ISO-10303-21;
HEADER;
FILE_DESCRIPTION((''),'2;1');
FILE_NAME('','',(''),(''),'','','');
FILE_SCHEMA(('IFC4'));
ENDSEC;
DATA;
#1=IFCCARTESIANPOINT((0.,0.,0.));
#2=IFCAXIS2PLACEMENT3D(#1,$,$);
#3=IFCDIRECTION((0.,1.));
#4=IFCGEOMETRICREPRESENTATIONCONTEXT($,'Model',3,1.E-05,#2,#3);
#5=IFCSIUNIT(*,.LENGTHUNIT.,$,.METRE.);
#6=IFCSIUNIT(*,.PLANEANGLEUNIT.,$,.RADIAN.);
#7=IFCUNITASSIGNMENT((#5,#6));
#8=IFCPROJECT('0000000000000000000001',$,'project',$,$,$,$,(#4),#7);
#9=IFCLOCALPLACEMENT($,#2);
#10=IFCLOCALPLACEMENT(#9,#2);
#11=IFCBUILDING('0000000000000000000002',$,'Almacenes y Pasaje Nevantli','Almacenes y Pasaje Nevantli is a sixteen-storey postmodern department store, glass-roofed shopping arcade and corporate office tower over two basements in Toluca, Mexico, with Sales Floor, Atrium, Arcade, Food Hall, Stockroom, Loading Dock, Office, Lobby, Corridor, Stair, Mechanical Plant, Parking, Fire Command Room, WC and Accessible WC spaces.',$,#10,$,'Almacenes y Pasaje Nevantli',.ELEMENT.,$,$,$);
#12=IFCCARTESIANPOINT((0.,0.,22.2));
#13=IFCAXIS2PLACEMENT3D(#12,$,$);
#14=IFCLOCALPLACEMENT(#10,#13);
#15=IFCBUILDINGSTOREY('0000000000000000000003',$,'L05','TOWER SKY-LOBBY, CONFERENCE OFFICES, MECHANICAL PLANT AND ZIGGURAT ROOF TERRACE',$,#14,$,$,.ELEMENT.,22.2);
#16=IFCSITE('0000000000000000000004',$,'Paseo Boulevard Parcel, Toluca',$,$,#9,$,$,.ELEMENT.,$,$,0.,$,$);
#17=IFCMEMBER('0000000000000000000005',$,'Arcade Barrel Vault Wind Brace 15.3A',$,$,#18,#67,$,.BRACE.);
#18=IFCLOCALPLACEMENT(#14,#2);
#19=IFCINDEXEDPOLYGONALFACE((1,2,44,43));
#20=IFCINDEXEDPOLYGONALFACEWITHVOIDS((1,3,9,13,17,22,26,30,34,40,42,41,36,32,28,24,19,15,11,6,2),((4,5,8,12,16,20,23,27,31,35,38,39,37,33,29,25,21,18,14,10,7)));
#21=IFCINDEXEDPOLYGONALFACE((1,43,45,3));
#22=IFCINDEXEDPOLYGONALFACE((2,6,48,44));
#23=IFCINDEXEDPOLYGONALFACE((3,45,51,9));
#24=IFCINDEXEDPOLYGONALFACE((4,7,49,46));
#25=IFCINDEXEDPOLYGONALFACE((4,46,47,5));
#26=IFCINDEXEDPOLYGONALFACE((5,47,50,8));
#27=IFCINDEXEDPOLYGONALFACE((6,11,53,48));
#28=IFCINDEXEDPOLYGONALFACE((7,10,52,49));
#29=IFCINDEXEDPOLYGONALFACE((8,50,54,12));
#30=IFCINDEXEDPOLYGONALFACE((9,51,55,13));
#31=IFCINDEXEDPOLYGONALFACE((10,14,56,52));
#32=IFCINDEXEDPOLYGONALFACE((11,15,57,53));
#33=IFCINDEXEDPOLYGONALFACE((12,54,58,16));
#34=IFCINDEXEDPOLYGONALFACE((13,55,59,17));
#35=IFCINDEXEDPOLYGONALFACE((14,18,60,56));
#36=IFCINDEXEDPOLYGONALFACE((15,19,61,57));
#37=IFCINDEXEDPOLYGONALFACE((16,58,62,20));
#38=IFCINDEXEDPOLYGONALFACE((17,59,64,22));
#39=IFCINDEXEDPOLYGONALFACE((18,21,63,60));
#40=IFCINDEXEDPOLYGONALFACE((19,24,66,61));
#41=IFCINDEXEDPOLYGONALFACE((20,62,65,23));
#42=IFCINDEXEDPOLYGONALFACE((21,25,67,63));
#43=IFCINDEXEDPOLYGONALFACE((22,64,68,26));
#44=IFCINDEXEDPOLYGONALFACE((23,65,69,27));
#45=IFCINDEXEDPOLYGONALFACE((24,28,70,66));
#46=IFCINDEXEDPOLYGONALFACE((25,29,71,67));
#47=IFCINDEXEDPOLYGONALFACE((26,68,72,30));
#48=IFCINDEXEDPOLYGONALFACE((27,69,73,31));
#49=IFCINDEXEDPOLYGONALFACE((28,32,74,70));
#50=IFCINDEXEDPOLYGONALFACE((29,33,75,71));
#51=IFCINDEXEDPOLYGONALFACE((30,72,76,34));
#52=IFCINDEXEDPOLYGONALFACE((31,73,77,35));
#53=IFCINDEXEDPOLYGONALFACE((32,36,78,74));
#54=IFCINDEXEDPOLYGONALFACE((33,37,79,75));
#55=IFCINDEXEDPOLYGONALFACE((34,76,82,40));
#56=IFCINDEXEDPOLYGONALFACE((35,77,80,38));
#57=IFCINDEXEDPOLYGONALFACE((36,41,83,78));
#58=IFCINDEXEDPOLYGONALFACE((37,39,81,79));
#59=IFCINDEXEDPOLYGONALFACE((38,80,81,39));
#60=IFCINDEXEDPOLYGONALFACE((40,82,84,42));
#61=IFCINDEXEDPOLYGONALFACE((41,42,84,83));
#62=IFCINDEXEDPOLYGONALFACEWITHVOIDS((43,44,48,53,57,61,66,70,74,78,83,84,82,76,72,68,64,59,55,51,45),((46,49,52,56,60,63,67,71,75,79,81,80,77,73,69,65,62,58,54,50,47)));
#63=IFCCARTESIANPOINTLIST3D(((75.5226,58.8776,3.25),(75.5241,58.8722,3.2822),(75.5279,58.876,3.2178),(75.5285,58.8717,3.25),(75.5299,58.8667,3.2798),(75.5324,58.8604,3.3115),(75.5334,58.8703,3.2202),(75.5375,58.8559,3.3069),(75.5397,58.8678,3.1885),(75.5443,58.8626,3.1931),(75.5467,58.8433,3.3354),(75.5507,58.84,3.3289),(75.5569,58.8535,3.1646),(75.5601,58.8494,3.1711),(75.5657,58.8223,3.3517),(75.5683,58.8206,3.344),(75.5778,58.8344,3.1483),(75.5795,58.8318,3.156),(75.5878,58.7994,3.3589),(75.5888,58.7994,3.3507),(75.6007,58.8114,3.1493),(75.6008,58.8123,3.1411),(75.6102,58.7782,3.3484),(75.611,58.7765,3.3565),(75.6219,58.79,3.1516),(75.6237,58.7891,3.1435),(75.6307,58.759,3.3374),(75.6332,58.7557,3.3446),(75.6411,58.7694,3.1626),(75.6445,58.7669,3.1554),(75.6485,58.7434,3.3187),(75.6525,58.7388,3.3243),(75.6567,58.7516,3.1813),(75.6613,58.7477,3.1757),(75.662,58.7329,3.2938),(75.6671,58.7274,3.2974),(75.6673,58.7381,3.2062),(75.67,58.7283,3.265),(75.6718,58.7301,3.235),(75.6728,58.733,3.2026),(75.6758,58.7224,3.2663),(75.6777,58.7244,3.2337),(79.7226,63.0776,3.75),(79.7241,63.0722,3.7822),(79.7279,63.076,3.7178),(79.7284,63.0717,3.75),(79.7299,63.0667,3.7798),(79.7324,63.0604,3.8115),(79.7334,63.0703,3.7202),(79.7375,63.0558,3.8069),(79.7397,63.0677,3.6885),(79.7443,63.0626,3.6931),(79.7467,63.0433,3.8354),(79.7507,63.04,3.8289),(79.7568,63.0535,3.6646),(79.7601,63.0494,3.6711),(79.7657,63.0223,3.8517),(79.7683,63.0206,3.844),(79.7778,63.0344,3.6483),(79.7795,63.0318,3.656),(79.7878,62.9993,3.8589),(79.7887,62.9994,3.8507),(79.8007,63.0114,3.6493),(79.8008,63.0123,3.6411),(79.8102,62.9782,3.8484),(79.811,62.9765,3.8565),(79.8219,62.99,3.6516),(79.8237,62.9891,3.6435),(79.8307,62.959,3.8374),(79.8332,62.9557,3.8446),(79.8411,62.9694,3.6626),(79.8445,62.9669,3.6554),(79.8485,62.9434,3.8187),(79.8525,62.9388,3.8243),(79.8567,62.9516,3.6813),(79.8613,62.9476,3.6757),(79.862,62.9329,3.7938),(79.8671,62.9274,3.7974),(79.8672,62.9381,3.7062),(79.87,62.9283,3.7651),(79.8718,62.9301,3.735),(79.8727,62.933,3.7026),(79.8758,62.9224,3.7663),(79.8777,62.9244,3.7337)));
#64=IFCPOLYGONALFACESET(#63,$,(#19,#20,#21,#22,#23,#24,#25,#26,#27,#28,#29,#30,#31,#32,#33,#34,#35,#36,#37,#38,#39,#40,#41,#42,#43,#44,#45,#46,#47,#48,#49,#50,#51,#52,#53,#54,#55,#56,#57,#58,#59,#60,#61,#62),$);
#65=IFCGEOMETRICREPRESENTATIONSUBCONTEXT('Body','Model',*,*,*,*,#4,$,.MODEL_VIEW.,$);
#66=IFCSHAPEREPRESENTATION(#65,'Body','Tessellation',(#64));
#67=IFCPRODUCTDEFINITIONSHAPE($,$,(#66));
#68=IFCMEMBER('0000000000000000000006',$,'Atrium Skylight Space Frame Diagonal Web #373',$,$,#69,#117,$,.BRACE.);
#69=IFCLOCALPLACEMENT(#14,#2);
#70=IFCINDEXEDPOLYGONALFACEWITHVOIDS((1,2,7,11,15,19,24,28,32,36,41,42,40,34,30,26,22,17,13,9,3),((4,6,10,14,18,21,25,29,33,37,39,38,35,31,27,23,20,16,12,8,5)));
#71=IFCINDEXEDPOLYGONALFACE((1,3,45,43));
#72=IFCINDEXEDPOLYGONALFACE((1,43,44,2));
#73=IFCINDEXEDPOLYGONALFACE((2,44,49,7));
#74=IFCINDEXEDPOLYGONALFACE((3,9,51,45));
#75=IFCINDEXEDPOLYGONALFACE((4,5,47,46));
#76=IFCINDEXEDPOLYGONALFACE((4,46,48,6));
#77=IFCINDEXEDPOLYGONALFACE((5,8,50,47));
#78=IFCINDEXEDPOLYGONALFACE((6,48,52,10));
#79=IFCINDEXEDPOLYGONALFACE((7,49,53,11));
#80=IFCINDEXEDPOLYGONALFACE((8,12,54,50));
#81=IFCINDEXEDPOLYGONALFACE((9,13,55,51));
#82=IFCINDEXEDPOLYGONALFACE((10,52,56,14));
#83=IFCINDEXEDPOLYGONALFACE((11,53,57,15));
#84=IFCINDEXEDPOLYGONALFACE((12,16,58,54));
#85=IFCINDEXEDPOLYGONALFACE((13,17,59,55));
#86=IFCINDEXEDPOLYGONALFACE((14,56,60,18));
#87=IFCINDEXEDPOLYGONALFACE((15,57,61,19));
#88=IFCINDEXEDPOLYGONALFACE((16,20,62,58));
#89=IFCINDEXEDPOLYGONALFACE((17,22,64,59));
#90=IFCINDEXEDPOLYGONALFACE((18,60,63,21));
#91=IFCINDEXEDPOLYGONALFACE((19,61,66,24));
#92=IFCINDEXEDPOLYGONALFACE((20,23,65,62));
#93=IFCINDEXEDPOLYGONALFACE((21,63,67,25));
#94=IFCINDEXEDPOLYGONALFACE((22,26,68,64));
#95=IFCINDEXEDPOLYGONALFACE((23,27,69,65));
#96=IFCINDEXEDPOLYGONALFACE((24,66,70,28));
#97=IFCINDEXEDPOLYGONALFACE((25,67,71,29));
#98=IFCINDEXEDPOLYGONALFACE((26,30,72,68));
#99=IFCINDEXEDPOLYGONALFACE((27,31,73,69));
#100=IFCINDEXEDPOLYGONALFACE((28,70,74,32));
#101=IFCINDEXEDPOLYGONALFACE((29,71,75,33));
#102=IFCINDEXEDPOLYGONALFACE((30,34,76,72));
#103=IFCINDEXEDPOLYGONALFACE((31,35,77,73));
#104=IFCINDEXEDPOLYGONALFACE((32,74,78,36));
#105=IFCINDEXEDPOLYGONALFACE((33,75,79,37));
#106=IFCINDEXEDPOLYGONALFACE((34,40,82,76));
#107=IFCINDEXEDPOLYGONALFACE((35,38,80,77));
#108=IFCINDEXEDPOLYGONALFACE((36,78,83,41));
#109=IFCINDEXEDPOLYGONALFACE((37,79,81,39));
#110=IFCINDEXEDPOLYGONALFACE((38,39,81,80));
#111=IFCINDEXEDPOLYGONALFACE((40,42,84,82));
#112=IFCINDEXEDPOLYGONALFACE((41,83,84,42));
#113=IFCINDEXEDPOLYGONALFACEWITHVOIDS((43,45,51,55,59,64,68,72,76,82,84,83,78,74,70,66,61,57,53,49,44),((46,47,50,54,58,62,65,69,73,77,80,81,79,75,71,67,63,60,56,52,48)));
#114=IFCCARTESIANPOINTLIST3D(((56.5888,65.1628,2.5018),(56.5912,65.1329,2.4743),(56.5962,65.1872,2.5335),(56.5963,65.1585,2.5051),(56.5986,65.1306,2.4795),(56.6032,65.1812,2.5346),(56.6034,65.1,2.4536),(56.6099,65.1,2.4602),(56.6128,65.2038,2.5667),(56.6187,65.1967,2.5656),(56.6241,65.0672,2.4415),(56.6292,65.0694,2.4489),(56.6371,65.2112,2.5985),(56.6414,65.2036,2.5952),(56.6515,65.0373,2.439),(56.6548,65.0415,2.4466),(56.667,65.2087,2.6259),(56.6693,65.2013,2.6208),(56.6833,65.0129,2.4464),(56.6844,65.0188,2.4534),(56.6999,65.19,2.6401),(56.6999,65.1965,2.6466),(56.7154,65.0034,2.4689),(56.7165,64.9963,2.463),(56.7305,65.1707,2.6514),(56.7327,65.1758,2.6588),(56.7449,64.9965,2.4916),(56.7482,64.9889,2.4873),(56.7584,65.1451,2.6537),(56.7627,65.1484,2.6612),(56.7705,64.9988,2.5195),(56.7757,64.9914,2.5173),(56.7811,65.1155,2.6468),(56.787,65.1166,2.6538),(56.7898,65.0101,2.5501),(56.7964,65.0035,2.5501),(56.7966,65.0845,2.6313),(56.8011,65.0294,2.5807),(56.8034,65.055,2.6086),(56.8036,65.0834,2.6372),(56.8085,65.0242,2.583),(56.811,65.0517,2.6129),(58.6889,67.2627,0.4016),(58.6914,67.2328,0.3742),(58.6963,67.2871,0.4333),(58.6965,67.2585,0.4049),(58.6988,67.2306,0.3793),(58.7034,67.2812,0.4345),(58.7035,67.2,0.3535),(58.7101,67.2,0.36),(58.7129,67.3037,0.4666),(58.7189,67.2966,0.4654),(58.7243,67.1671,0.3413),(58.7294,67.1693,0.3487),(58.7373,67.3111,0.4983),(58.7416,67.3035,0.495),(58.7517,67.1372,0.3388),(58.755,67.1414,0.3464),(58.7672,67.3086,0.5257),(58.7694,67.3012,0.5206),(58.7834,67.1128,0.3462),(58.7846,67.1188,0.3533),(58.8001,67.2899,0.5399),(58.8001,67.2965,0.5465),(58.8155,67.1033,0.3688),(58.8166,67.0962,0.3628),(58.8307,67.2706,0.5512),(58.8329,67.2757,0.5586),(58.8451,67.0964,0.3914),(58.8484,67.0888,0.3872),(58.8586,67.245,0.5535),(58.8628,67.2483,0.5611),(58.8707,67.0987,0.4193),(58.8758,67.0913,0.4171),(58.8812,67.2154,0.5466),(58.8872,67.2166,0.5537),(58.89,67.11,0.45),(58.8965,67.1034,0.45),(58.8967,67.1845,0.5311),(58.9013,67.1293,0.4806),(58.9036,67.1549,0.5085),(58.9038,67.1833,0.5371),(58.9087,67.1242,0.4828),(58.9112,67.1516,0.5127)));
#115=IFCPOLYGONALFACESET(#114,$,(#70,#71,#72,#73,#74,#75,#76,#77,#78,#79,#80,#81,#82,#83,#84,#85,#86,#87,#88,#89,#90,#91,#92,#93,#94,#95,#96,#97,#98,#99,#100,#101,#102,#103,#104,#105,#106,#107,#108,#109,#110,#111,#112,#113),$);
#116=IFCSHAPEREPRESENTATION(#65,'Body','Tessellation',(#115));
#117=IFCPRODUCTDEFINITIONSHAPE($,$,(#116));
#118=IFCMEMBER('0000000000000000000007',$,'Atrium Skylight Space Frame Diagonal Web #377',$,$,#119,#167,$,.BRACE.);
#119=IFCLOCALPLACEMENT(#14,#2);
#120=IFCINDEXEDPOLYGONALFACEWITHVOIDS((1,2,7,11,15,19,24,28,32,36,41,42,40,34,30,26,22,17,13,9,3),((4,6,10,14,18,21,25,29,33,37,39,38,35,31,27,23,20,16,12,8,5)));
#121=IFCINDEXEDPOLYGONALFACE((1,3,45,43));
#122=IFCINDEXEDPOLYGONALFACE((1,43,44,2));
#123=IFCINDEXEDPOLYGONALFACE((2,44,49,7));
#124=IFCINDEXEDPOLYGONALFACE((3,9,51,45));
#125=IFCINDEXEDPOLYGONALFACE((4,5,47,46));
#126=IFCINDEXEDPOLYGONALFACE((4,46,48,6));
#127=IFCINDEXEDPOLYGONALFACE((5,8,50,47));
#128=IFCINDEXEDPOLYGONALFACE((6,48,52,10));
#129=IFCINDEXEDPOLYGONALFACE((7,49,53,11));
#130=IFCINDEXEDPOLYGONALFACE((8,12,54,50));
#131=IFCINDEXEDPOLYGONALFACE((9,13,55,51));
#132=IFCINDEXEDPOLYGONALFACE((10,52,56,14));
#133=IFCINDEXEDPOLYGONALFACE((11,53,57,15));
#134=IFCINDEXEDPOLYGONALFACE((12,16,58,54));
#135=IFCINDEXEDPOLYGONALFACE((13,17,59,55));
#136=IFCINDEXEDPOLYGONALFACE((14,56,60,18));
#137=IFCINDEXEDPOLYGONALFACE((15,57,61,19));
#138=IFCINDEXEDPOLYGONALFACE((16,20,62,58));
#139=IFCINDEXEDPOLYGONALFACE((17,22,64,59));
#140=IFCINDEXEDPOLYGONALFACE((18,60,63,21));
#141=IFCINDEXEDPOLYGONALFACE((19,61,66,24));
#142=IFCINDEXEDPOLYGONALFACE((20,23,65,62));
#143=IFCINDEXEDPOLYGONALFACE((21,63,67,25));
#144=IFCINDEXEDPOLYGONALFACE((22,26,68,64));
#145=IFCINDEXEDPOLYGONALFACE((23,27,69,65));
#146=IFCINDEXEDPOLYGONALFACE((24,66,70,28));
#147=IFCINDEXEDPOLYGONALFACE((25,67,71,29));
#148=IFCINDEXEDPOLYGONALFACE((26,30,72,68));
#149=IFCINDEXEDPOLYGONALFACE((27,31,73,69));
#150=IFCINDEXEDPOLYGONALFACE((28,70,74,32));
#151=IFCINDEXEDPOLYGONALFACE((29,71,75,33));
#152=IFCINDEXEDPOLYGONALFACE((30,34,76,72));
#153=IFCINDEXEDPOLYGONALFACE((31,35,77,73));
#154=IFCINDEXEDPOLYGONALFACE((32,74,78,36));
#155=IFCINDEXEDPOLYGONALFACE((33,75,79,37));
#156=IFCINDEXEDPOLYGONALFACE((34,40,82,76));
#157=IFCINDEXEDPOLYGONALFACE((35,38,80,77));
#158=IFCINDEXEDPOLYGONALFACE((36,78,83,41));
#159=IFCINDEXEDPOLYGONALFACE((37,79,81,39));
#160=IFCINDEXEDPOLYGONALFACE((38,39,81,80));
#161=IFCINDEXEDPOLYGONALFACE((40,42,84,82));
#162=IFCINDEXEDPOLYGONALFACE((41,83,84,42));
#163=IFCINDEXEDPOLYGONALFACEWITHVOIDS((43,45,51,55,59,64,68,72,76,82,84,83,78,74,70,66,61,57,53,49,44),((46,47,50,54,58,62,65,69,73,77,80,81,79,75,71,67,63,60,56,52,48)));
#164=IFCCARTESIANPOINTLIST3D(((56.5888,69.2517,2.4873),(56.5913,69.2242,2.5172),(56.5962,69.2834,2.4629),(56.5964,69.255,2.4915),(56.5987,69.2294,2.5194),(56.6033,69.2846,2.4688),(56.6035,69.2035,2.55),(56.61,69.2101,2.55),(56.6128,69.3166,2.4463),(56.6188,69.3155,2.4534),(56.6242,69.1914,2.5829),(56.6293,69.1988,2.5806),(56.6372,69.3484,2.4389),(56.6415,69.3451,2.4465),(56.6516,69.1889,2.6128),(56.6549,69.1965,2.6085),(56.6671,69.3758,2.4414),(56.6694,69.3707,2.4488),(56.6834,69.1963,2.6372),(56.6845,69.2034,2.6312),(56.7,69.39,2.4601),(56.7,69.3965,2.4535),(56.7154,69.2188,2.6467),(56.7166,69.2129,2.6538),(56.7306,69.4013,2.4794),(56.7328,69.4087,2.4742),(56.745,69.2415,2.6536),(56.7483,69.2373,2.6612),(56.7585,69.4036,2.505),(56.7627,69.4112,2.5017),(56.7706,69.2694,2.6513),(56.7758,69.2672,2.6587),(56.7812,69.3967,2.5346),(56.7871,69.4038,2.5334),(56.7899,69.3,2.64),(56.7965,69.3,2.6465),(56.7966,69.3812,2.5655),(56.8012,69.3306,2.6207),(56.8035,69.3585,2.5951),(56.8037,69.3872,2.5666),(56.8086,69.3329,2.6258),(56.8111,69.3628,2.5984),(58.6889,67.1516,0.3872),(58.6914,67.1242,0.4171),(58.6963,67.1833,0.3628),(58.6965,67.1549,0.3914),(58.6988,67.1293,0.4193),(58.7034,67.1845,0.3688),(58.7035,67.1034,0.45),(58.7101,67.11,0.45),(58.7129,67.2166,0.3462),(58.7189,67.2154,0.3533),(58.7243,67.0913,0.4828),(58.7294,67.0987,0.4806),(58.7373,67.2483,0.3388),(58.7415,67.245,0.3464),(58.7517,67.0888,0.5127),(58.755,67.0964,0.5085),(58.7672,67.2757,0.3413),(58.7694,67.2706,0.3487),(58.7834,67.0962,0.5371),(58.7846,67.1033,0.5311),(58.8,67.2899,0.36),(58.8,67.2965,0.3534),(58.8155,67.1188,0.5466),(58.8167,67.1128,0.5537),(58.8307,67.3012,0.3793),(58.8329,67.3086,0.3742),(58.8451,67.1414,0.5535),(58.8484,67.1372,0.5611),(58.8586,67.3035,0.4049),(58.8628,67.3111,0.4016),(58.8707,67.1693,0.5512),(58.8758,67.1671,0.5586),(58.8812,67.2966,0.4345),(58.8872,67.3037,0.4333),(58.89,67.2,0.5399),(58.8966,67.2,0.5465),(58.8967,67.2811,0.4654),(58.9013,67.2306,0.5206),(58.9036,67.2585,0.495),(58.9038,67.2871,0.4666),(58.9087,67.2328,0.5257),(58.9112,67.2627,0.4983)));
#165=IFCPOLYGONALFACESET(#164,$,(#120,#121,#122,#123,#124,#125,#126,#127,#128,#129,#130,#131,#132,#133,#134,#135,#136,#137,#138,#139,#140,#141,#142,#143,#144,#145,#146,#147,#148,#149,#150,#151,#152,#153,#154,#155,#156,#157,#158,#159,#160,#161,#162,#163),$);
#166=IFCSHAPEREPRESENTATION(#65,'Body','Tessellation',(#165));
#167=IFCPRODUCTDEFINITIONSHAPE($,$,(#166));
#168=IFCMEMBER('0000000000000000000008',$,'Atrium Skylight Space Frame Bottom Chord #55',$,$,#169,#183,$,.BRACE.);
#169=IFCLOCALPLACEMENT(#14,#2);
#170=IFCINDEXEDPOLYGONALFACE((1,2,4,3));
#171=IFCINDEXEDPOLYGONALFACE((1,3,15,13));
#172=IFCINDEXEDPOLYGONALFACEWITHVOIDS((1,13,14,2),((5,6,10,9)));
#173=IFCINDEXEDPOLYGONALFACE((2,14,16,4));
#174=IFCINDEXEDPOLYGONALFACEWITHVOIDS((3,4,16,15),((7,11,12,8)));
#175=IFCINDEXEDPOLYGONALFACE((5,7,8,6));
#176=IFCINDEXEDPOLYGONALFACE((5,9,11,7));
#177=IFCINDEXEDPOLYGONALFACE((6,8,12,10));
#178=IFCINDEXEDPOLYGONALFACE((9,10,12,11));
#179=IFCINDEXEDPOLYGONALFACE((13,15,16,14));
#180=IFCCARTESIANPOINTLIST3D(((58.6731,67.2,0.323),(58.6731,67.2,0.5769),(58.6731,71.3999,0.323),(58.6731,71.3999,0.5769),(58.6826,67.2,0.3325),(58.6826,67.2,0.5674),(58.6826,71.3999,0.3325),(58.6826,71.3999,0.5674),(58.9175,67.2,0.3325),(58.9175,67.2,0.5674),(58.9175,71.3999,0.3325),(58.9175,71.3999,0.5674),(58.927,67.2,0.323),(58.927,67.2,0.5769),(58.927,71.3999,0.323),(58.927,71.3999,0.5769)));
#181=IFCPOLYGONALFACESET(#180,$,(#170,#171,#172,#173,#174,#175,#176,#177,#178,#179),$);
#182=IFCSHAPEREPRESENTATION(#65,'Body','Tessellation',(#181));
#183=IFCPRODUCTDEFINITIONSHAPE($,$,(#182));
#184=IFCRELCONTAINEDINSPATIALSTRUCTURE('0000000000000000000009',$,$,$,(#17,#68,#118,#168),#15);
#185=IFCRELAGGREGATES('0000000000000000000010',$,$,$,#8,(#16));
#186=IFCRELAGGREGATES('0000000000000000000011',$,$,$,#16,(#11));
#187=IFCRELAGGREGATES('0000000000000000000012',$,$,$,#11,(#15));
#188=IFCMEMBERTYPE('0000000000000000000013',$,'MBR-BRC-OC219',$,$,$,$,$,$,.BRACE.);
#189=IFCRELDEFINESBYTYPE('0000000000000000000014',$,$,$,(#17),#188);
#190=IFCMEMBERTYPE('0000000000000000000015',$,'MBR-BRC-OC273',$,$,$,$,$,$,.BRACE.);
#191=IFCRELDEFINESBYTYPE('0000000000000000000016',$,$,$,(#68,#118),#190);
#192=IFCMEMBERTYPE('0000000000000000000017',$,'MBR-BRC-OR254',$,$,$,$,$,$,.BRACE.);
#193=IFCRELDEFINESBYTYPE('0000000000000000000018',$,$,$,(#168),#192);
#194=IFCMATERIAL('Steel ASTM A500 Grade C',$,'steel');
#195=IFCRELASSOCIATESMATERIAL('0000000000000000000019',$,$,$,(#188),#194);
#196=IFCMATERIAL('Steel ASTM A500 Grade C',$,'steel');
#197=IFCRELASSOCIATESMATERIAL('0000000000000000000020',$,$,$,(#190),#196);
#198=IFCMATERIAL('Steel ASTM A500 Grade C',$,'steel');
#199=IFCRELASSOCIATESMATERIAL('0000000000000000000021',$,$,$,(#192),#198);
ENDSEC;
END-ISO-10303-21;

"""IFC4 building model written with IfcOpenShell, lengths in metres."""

from ifc_helpers import new_model, si_unit, direction, frame, origin, origin_2d, place, context, subcontext, project, spatial, hollow_rectangle, hollow_circle, extrude, material, material_profile, profile_set, type_object, element, save


model = new_model("IFC4")

# Units and contexts
model_context = context("Model", 3, precision=1e-05, world=origin(), true_north=direction((0.0, 1.0)))
body_context = subcontext(model_context, "Body", "Model", "MODEL_VIEW")
ifc_project = project(units=[si_unit("LENGTHUNIT", "METRE"), si_unit("PLANEANGLEUNIT", "RADIAN")], contexts=[model_context])

# Site, building, storey
site_placement = place(None, origin())
site = spatial("IfcSite", under=ifc_project, at=site_placement, Name="Paseo Boulevard Parcel, Toluca", CompositionType="ELEMENT", RefElevation=0.0)
building_placement = place(site_placement, origin())
building = spatial("IfcBuilding", under=site, at=building_placement, Name="Almacenes y Pasaje Nevantli", Description="Almacenes y Pasaje Nevantli is a sixteen-storey postmodern department store, glass-roofed shopping arcade and corporate office tower over two basements in Toluca, Mexico, with Sales Floor, Atrium, Arcade, Food Hall, Stockroom, Loading Dock, Office, Lobby, Corridor, Stair, Mechanical Plant, Parking, Fire Command Room, WC and Accessible WC spaces.", LongName="Almacenes y Pasaje Nevantli", CompositionType="ELEMENT")
storey_placement = place(building_placement, frame((0.0, 0.0, 22.2)))
storey = spatial("IfcBuildingStorey", under=building, at=storey_placement, Name="L05", Description="TOWER SKY-LOBBY, CONFERENCE OFFICES, MECHANICAL PLANT AND ZIGGURAT ROOF TERRACE", CompositionType="ELEMENT", Elevation=22.2)

# Members
ifc_material_1 = material(Name="Steel ASTM A500 Grade C", Category="steel")
ifc_material_profile_1 = material_profile(ifc_material_1, hollow_circle(Radius=0.1096, WallThickness=0.0083, at=origin_2d()), Name="OC 219x8.2")
ifc_profile_set_1 = profile_set([ifc_material_profile_1], Name="Steel ASTM A500 Grade C")
member_type_1 = type_object("IfcMemberType", Name="MBR-BRC-OC219", PredefinedType="BRACE", material=ifc_profile_set_1)
member_1_placement = place(storey_placement, frame((75.6001, 58.8, 3.25), z_axis=(0.704615, 0.704615, 0.083884), x_axis=(-0.707107, 0.707107, 0.0)))
element("IfcMember", 1, at=member_1_placement, inside=storey, type_object=member_type_1, Name="Arcade Barrel Vault Wind Brace 15.3A", PredefinedType="BRACE", context=body_context, shape_type="SweptSolid", body=[
    extrude(hollow_circle(Radius=0.1096, WallThickness=0.0083, at=origin_2d()), origin(), (0.0, 0.0, 1.0), 5.9607),
])
ifc_material_2 = material(Name="Steel ASTM A500 Grade C", Category="steel")
ifc_material_profile_2 = material_profile(ifc_material_2, hollow_circle(Radius=0.1365, WallThickness=0.0093, at=origin_2d()), Name="OC 273x9.3")
ifc_profile_set_2 = profile_set([ifc_material_profile_2], Name="Steel ASTM A500 Grade C")
member_type_2 = type_object("IfcMemberType", Name="MBR-BRC-OC273", PredefinedType="BRACE", material=ifc_profile_set_2)
for number, where, z_axis, x_axis, name in (
    (2, (58.8, 67.2, 0.45), (-0.577373, -0.577306, 0.577373), (0.707066, -0.707148, 0.0), "Atrium Skylight Space Frame Diagonal Web #373"),
    (3, (58.8, 67.2, 0.45), (-0.57735, 0.57735, 0.57735), (-0.707107, -0.707107, 0.0), "Atrium Skylight Space Frame Diagonal Web #377"),
):
    element("IfcMember", number, at=place(storey_placement, frame(where, z_axis=z_axis, x_axis=x_axis)), inside=storey, type_object=member_type_2, Name=name, PredefinedType="BRACE", context=body_context, shape_type="SweptSolid", body=[
        extrude(hollow_circle(Radius=0.1365, WallThickness=0.0093, at=origin_2d()), origin(), (0.0, 0.0, 1.0), 3.6375),
    ])
ifc_material_3 = material(Name="Steel ASTM A500 Grade C", Category="steel")
ifc_material_profile_3 = material_profile(ifc_material_3, hollow_rectangle(XDim=0.2539, YDim=0.2539, WallThickness=0.0095, at=origin_2d()), Name="OR 254x254x9.5")
ifc_profile_set_3 = profile_set([ifc_material_profile_3], Name="Steel ASTM A500 Grade C")
member_type_3 = type_object("IfcMemberType", Name="MBR-BRC-OR254", PredefinedType="BRACE", material=ifc_profile_set_3)
member_2_placement = place(storey_placement, frame((58.8, 67.2, 0.45), z_axis=(0.0, 1.0, 0.0), x_axis=(-1.0, 0.0, 0.0)))
element("IfcMember", 4, at=member_2_placement, inside=storey, type_object=member_type_3, Name="Atrium Skylight Space Frame Bottom Chord #55", PredefinedType="BRACE", context=body_context, shape_type="SweptSolid", body=[
    extrude(hollow_rectangle(XDim=0.2539, YDim=0.2539, WallThickness=0.0095, at=origin_2d()), origin(), (0.0, 0.0, 1.0), 4.2),
])

save(model, "model.ifc")
